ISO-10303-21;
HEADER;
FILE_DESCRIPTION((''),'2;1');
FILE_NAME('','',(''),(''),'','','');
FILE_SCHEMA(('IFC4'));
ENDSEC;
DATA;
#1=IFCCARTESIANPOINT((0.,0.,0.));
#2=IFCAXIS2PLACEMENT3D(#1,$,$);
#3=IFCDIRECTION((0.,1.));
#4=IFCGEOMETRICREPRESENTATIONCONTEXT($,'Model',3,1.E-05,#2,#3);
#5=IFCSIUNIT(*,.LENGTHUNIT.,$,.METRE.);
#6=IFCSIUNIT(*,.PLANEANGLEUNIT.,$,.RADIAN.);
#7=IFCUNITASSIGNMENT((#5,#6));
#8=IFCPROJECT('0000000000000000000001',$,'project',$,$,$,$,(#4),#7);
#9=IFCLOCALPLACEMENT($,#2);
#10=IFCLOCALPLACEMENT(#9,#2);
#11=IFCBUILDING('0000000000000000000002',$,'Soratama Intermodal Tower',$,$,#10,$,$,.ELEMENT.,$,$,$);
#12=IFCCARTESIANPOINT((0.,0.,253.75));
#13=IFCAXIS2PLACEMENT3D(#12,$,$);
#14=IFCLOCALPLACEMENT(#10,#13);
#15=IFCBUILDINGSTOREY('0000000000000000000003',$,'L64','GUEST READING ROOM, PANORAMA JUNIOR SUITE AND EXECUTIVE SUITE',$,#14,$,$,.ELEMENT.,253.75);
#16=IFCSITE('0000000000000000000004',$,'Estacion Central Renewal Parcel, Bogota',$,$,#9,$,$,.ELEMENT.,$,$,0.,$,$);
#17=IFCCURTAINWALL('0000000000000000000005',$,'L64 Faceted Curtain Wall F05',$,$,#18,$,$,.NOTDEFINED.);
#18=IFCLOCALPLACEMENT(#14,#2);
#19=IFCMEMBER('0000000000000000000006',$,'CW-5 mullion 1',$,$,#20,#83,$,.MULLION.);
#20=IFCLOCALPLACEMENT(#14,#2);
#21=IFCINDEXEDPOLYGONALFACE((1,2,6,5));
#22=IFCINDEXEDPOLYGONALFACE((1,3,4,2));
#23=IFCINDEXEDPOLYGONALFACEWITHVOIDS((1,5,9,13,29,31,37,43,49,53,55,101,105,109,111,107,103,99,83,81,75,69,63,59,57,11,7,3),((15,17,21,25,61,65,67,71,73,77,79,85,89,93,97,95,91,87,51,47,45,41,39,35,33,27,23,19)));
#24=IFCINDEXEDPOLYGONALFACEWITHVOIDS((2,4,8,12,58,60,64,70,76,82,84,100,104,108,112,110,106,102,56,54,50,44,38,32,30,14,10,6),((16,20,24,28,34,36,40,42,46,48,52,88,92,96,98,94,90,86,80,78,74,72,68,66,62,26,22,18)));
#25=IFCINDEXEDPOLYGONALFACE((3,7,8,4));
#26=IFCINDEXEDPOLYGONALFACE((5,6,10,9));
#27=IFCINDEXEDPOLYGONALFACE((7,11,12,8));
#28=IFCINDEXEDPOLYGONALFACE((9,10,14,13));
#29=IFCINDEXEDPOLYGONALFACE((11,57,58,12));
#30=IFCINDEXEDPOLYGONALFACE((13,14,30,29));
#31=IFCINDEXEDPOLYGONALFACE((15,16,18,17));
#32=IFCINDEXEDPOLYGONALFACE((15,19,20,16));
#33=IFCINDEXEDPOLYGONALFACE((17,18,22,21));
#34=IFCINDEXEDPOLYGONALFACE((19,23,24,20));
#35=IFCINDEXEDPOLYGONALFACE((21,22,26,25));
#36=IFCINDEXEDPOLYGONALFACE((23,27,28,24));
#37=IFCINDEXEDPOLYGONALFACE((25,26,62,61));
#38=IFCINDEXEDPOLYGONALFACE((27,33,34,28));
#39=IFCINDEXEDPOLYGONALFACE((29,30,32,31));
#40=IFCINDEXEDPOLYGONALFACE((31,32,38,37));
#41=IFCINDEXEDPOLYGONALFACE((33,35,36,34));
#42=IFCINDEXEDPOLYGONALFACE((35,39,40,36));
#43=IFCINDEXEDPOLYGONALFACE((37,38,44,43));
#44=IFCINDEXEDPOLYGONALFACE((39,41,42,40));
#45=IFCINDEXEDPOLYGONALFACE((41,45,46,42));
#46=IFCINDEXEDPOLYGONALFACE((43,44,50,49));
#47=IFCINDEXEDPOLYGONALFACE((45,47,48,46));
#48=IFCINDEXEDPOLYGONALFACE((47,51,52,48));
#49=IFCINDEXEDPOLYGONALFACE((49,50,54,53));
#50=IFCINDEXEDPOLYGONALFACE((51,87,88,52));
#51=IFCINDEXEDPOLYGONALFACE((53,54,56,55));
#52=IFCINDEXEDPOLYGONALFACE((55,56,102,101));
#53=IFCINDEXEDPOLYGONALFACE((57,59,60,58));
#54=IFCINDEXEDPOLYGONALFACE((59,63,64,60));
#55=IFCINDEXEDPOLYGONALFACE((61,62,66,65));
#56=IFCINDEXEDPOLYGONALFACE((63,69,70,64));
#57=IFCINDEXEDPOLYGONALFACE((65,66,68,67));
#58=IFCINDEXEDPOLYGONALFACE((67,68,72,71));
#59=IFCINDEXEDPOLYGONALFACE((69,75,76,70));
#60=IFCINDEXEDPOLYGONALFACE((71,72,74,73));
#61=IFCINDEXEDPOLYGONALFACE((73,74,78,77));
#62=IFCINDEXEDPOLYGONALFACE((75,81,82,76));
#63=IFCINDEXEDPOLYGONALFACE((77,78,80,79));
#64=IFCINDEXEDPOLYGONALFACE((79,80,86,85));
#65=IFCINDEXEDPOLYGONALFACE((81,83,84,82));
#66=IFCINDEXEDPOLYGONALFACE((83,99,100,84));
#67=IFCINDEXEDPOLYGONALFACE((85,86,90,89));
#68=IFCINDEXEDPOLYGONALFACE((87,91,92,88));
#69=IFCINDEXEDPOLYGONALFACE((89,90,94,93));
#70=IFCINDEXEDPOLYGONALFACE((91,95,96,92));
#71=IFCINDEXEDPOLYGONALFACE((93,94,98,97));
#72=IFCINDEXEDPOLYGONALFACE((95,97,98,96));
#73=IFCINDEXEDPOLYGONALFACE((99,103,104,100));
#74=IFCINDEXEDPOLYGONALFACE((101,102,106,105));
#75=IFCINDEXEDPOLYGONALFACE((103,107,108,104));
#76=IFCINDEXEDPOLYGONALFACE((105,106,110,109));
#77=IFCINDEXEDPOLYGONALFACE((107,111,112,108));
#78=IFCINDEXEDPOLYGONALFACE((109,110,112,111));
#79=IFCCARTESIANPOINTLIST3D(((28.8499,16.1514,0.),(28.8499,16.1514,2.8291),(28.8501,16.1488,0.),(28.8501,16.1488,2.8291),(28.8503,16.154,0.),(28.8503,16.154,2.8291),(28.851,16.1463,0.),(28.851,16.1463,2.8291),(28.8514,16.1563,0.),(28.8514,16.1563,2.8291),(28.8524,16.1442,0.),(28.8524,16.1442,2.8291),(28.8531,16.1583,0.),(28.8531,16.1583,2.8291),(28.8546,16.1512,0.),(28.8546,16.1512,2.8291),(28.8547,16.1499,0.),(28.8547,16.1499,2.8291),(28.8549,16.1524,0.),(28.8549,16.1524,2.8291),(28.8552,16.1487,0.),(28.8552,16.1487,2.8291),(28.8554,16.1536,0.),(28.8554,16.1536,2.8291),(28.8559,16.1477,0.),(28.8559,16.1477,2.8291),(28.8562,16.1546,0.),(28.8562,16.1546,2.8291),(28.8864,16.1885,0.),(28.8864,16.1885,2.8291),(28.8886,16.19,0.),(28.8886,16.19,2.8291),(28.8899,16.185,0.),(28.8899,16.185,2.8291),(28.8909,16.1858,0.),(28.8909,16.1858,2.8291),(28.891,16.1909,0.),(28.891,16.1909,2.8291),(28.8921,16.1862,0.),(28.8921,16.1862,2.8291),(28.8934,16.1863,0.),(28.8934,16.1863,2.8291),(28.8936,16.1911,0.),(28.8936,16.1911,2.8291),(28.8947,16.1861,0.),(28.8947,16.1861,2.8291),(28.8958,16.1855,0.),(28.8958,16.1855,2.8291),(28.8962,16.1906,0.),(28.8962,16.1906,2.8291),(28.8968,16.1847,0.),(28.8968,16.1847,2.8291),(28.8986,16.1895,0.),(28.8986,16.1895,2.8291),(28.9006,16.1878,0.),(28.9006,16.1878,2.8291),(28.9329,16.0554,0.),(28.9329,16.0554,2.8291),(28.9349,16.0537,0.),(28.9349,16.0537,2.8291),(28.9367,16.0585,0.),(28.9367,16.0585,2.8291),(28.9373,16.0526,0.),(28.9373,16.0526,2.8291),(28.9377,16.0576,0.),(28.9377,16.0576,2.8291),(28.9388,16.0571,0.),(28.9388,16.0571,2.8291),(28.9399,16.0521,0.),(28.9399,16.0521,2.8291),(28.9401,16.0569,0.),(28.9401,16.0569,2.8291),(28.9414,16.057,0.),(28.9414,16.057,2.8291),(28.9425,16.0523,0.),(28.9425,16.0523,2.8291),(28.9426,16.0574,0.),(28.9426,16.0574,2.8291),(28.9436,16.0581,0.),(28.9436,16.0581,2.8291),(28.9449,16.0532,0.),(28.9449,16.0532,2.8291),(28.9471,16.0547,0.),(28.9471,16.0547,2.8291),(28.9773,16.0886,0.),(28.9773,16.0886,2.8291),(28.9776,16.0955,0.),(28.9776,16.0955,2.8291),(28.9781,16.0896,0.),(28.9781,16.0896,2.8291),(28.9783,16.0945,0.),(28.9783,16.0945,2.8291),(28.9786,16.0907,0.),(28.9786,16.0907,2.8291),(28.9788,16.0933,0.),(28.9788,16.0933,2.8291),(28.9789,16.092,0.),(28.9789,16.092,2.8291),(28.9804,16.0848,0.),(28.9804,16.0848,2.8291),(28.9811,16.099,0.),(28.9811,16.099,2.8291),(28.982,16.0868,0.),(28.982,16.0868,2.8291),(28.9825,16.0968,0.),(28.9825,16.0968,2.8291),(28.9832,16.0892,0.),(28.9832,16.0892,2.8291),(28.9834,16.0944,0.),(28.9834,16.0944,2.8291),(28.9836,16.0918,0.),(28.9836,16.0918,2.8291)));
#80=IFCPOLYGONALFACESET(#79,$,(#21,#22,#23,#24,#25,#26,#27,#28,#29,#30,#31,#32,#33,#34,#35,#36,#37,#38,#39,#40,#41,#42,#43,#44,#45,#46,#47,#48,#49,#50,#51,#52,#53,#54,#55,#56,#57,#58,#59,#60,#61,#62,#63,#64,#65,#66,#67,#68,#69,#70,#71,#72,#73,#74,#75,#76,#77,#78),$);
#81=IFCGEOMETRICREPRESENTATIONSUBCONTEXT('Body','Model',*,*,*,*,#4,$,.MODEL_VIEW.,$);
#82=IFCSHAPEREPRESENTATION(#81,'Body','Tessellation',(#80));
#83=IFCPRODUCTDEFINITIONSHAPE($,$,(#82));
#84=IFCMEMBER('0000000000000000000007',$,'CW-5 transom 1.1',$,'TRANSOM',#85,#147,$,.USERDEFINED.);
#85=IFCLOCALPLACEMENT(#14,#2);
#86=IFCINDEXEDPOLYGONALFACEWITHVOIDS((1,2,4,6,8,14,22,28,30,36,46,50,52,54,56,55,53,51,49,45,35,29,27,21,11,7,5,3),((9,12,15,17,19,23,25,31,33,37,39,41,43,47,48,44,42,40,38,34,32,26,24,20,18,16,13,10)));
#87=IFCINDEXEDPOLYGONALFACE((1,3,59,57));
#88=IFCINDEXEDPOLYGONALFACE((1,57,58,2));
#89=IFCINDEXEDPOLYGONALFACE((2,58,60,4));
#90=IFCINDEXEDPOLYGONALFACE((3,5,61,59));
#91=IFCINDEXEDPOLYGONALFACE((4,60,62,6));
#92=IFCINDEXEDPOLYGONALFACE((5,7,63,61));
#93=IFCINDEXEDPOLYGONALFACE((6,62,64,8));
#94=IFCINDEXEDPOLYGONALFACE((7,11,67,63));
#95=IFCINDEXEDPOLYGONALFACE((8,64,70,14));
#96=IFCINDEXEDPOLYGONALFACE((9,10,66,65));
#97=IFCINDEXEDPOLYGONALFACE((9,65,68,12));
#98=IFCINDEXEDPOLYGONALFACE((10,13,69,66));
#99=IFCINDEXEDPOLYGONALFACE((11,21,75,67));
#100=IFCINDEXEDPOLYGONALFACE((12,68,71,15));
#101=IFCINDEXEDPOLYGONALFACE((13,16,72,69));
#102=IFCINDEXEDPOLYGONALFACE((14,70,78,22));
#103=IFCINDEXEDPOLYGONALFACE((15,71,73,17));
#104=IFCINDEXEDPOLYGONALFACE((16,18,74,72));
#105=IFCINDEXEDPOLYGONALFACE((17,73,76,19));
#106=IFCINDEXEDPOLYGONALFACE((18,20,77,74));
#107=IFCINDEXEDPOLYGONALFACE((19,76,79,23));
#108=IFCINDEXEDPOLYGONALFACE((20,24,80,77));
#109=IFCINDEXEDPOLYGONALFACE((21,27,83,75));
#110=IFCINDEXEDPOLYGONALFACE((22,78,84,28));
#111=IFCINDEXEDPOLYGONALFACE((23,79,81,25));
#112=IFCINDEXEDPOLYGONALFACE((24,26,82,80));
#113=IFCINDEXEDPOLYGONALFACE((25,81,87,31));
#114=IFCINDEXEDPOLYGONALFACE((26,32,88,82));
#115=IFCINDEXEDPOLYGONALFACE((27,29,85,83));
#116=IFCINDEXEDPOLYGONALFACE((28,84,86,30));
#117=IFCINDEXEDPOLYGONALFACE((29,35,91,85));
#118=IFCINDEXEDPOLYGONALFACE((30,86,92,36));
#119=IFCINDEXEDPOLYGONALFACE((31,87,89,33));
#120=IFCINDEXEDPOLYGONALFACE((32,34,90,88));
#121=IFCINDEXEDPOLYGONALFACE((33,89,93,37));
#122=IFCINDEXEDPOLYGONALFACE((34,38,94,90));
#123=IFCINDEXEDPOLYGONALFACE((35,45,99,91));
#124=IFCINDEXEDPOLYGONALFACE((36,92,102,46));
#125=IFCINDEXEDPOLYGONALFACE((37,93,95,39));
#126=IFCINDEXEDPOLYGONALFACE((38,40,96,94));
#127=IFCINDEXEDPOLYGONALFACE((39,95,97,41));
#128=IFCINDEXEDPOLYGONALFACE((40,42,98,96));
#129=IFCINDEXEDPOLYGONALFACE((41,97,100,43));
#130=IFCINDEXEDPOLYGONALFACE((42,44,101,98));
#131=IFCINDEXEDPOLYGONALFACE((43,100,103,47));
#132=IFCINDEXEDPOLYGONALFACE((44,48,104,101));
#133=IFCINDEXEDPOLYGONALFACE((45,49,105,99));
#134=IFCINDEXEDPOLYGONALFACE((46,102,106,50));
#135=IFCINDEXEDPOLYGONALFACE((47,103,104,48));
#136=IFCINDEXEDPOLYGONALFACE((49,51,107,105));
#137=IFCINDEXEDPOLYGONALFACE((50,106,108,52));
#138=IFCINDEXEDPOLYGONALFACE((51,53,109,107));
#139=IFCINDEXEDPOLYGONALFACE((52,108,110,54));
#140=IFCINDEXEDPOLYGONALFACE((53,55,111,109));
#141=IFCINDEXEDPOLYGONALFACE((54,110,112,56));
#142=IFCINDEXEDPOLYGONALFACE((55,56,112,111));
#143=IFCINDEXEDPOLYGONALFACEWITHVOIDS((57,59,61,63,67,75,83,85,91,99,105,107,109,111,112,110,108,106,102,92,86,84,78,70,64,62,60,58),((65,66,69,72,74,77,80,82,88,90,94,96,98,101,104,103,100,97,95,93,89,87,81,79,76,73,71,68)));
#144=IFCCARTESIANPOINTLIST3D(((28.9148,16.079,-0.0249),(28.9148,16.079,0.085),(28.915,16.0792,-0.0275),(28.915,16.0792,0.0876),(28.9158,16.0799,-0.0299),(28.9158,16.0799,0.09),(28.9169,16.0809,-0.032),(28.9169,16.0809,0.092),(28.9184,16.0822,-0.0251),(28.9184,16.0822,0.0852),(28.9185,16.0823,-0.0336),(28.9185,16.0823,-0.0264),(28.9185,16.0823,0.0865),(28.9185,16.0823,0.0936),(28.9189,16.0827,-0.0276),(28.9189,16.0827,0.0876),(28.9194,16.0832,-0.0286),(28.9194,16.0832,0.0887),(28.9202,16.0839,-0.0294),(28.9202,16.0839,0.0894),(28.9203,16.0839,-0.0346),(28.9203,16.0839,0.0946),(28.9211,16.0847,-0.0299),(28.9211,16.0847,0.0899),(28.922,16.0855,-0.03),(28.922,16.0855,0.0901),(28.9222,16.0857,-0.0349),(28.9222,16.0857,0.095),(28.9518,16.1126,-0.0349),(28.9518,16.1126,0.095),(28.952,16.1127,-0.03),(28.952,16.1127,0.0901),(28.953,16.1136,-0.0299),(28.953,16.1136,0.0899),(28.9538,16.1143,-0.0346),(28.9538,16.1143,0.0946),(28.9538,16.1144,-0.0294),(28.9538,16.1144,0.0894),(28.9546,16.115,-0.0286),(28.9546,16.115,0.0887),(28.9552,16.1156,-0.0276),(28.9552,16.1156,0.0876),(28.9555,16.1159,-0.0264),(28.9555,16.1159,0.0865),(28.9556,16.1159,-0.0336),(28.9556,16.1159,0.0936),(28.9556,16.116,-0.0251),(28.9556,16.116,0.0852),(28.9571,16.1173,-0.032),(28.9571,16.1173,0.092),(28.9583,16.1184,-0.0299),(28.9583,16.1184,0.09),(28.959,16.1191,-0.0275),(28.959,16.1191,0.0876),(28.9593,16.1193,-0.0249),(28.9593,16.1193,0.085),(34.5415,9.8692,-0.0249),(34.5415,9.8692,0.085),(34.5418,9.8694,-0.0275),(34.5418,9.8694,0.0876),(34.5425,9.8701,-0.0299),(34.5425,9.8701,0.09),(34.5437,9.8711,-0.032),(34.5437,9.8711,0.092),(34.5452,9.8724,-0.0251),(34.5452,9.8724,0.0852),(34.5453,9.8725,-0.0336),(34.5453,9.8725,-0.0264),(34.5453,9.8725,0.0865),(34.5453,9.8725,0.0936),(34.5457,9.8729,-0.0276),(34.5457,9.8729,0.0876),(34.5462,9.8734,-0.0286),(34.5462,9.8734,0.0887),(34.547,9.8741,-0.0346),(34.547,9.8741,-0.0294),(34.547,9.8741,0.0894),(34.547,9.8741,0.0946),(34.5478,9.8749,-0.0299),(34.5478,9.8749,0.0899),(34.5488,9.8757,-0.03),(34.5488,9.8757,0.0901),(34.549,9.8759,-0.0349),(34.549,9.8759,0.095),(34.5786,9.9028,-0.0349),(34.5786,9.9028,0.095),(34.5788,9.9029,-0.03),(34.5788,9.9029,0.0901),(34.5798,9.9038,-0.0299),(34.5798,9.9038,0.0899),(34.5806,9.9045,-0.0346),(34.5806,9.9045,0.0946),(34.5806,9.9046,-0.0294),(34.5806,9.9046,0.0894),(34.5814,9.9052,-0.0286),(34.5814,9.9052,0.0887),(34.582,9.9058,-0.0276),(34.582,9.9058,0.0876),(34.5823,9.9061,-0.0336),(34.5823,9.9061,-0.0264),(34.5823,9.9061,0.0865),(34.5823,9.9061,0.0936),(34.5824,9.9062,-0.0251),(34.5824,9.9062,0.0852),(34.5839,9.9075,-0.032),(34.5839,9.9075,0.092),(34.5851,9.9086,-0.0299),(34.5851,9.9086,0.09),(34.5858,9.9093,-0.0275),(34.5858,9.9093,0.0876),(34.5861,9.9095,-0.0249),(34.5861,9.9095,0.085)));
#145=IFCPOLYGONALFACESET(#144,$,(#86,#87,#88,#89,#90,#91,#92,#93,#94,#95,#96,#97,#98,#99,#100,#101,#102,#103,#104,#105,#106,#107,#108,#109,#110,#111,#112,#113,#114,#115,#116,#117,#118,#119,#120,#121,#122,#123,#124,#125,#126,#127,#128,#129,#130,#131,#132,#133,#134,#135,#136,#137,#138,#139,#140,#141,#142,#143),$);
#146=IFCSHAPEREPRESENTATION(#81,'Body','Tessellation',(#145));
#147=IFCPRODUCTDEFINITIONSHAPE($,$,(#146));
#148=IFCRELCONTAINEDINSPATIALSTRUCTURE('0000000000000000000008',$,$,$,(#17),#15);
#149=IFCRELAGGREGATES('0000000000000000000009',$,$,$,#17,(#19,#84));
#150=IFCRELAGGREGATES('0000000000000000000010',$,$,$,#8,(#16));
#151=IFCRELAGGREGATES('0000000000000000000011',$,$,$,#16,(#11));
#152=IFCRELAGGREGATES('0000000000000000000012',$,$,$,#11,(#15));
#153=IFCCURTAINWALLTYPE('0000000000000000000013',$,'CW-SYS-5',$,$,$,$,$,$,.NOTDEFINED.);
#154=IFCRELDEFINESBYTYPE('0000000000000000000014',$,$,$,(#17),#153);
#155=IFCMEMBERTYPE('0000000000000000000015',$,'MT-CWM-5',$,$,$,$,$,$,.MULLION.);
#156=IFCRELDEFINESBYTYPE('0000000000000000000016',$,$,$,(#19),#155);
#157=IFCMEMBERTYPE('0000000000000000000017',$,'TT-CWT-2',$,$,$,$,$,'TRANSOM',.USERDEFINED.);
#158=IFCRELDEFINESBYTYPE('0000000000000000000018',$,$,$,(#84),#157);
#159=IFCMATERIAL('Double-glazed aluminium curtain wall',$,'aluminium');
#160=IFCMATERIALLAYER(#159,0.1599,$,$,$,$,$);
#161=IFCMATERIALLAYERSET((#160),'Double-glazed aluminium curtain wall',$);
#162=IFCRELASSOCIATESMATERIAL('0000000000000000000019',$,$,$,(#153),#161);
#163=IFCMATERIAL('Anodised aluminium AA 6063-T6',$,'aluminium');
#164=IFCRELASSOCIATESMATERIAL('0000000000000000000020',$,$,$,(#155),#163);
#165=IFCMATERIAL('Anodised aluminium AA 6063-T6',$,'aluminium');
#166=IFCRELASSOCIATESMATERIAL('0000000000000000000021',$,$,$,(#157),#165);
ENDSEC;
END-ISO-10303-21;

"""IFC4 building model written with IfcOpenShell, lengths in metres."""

from ifc_helpers import new_model, si_unit, direction, frame, origin, origin_2d, place, context, subcontext, project, spatial, hollow_rectangle, extrude, material, layer, layer_set, material_profile, profile_set, type_object, element, aggregate, save


model = new_model("IFC4")

# Units and contexts
model_context = context("Model", 3, precision=1e-05, world=origin(), true_north=direction((0.0, 1.0)))
body_context = subcontext(model_context, "Body", "Model", "MODEL_VIEW")
ifc_project = project(units=[si_unit("LENGTHUNIT", "METRE"), si_unit("PLANEANGLEUNIT", "RADIAN")], contexts=[model_context])

# Site, building, storey
site_placement = place(None, origin())
site = spatial("IfcSite", under=ifc_project, at=site_placement, Name="Estacion Central Renewal Parcel, Bogota", CompositionType="ELEMENT", RefElevation=0.0)
building_placement = place(site_placement, origin())
building = spatial("IfcBuilding", under=site, at=building_placement, Name="Soratama Intermodal Tower", CompositionType="ELEMENT")
storey_placement = place(building_placement, frame((0.0, 0.0, 253.75)))
storey = spatial("IfcBuildingStorey", under=building, at=storey_placement, Name="L64", Description="GUEST READING ROOM, PANORAMA JUNIOR SUITE AND EXECUTIVE SUITE", CompositionType="ELEMENT", Elevation=253.75)

# Curtain wall, members
ifc_material_1 = material(Name="Double-glazed aluminium curtain wall", Category="aluminium")
ifc_layer_1 = layer(ifc_material_1, 0.1599)
ifc_layer_set_1 = layer_set([ifc_layer_1], Name="Double-glazed aluminium curtain wall")
curtain_wall_type = type_object("IfcCurtainWallType", Name="CW-SYS-5", PredefinedType="NOTDEFINED", material=ifc_layer_set_1)
curtain_wall_placement = place(storey_placement, origin())
curtain_wall = element("IfcCurtainWall", 1, at=curtain_wall_placement, inside=storey, type_object=curtain_wall_type, Name="L64 Faceted Curtain Wall F05", PredefinedType="NOTDEFINED")
ifc_material_2 = material(Name="Anodised aluminium AA 6063-T6", Category="aluminium")
ifc_material_profile_1 = material_profile(ifc_material_2, hollow_rectangle(XDim=0.0649, YDim=0.1399, WallThickness=0.0049, InnerFilletRadius=0.0049, OuterFilletRadius=0.01, at=origin_2d()), Name="CWM140X65X5")
ifc_profile_set_1 = profile_set([ifc_material_profile_1], Name="Anodised aluminium AA 6063-T6")
member_type_1 = type_object("IfcMemberType", Name="MT-CWM-5", PredefinedType="MULLION", material=ifc_profile_set_1)
member_1_placement = place(storey_placement, frame((28.9167, 16.1216, 0.0), z_axis=(0.0, 0.0, 1.0), x_axis=(0.741039, 0.671461, 0.0)))
member_1 = element("IfcMember", 2, at=member_1_placement, type_object=member_type_1, Name="CW-5 mullion 1", PredefinedType="MULLION", context=body_context, shape_type="SweptSolid", body=[
    extrude(hollow_rectangle(XDim=0.0649, YDim=0.1399, WallThickness=0.0049, InnerFilletRadius=0.0049, OuterFilletRadius=0.01, at=origin_2d()), origin(), (0.0, 0.0, 1.0), 2.8291),
])
ifc_material_3 = material(Name="Anodised aluminium AA 6063-T6", Category="aluminium")
ifc_material_profile_2 = material_profile(ifc_material_3, hollow_rectangle(XDim=0.0601, YDim=0.1299, WallThickness=0.0049, InnerFilletRadius=0.0049, OuterFilletRadius=0.01, at=origin_2d()), Name="CWT130X60X5")
ifc_profile_set_2 = profile_set([ifc_material_profile_2], Name="Anodised aluminium AA 6063-T6")
member_type_2 = type_object("IfcMemberType", Name="TT-CWT-2", ElementType="TRANSOM", PredefinedType="USERDEFINED", material=ifc_profile_set_2)
member_2_placement = place(storey_placement, frame((28.937, 16.0991, 0.03), z_axis=(0.671464, -0.741037, 0.0), x_axis=(0.741037, 0.671464, 0.0)))
member_2 = element("IfcMember", 3, at=member_2_placement, type_object=member_type_2, Name="CW-5 transom 1.1", ObjectType="TRANSOM", PredefinedType="USERDEFINED", context=body_context, shape_type="SweptSolid", body=[
    extrude(hollow_rectangle(XDim=0.0601, YDim=0.1299, WallThickness=0.0049, InnerFilletRadius=0.0049, OuterFilletRadius=0.01, at=origin_2d()), origin(), (0.0, 0.0, 1.0), 8.3799),
])
aggregate(curtain_wall, [member_1, member_2])

save(model, "model.ifc")
